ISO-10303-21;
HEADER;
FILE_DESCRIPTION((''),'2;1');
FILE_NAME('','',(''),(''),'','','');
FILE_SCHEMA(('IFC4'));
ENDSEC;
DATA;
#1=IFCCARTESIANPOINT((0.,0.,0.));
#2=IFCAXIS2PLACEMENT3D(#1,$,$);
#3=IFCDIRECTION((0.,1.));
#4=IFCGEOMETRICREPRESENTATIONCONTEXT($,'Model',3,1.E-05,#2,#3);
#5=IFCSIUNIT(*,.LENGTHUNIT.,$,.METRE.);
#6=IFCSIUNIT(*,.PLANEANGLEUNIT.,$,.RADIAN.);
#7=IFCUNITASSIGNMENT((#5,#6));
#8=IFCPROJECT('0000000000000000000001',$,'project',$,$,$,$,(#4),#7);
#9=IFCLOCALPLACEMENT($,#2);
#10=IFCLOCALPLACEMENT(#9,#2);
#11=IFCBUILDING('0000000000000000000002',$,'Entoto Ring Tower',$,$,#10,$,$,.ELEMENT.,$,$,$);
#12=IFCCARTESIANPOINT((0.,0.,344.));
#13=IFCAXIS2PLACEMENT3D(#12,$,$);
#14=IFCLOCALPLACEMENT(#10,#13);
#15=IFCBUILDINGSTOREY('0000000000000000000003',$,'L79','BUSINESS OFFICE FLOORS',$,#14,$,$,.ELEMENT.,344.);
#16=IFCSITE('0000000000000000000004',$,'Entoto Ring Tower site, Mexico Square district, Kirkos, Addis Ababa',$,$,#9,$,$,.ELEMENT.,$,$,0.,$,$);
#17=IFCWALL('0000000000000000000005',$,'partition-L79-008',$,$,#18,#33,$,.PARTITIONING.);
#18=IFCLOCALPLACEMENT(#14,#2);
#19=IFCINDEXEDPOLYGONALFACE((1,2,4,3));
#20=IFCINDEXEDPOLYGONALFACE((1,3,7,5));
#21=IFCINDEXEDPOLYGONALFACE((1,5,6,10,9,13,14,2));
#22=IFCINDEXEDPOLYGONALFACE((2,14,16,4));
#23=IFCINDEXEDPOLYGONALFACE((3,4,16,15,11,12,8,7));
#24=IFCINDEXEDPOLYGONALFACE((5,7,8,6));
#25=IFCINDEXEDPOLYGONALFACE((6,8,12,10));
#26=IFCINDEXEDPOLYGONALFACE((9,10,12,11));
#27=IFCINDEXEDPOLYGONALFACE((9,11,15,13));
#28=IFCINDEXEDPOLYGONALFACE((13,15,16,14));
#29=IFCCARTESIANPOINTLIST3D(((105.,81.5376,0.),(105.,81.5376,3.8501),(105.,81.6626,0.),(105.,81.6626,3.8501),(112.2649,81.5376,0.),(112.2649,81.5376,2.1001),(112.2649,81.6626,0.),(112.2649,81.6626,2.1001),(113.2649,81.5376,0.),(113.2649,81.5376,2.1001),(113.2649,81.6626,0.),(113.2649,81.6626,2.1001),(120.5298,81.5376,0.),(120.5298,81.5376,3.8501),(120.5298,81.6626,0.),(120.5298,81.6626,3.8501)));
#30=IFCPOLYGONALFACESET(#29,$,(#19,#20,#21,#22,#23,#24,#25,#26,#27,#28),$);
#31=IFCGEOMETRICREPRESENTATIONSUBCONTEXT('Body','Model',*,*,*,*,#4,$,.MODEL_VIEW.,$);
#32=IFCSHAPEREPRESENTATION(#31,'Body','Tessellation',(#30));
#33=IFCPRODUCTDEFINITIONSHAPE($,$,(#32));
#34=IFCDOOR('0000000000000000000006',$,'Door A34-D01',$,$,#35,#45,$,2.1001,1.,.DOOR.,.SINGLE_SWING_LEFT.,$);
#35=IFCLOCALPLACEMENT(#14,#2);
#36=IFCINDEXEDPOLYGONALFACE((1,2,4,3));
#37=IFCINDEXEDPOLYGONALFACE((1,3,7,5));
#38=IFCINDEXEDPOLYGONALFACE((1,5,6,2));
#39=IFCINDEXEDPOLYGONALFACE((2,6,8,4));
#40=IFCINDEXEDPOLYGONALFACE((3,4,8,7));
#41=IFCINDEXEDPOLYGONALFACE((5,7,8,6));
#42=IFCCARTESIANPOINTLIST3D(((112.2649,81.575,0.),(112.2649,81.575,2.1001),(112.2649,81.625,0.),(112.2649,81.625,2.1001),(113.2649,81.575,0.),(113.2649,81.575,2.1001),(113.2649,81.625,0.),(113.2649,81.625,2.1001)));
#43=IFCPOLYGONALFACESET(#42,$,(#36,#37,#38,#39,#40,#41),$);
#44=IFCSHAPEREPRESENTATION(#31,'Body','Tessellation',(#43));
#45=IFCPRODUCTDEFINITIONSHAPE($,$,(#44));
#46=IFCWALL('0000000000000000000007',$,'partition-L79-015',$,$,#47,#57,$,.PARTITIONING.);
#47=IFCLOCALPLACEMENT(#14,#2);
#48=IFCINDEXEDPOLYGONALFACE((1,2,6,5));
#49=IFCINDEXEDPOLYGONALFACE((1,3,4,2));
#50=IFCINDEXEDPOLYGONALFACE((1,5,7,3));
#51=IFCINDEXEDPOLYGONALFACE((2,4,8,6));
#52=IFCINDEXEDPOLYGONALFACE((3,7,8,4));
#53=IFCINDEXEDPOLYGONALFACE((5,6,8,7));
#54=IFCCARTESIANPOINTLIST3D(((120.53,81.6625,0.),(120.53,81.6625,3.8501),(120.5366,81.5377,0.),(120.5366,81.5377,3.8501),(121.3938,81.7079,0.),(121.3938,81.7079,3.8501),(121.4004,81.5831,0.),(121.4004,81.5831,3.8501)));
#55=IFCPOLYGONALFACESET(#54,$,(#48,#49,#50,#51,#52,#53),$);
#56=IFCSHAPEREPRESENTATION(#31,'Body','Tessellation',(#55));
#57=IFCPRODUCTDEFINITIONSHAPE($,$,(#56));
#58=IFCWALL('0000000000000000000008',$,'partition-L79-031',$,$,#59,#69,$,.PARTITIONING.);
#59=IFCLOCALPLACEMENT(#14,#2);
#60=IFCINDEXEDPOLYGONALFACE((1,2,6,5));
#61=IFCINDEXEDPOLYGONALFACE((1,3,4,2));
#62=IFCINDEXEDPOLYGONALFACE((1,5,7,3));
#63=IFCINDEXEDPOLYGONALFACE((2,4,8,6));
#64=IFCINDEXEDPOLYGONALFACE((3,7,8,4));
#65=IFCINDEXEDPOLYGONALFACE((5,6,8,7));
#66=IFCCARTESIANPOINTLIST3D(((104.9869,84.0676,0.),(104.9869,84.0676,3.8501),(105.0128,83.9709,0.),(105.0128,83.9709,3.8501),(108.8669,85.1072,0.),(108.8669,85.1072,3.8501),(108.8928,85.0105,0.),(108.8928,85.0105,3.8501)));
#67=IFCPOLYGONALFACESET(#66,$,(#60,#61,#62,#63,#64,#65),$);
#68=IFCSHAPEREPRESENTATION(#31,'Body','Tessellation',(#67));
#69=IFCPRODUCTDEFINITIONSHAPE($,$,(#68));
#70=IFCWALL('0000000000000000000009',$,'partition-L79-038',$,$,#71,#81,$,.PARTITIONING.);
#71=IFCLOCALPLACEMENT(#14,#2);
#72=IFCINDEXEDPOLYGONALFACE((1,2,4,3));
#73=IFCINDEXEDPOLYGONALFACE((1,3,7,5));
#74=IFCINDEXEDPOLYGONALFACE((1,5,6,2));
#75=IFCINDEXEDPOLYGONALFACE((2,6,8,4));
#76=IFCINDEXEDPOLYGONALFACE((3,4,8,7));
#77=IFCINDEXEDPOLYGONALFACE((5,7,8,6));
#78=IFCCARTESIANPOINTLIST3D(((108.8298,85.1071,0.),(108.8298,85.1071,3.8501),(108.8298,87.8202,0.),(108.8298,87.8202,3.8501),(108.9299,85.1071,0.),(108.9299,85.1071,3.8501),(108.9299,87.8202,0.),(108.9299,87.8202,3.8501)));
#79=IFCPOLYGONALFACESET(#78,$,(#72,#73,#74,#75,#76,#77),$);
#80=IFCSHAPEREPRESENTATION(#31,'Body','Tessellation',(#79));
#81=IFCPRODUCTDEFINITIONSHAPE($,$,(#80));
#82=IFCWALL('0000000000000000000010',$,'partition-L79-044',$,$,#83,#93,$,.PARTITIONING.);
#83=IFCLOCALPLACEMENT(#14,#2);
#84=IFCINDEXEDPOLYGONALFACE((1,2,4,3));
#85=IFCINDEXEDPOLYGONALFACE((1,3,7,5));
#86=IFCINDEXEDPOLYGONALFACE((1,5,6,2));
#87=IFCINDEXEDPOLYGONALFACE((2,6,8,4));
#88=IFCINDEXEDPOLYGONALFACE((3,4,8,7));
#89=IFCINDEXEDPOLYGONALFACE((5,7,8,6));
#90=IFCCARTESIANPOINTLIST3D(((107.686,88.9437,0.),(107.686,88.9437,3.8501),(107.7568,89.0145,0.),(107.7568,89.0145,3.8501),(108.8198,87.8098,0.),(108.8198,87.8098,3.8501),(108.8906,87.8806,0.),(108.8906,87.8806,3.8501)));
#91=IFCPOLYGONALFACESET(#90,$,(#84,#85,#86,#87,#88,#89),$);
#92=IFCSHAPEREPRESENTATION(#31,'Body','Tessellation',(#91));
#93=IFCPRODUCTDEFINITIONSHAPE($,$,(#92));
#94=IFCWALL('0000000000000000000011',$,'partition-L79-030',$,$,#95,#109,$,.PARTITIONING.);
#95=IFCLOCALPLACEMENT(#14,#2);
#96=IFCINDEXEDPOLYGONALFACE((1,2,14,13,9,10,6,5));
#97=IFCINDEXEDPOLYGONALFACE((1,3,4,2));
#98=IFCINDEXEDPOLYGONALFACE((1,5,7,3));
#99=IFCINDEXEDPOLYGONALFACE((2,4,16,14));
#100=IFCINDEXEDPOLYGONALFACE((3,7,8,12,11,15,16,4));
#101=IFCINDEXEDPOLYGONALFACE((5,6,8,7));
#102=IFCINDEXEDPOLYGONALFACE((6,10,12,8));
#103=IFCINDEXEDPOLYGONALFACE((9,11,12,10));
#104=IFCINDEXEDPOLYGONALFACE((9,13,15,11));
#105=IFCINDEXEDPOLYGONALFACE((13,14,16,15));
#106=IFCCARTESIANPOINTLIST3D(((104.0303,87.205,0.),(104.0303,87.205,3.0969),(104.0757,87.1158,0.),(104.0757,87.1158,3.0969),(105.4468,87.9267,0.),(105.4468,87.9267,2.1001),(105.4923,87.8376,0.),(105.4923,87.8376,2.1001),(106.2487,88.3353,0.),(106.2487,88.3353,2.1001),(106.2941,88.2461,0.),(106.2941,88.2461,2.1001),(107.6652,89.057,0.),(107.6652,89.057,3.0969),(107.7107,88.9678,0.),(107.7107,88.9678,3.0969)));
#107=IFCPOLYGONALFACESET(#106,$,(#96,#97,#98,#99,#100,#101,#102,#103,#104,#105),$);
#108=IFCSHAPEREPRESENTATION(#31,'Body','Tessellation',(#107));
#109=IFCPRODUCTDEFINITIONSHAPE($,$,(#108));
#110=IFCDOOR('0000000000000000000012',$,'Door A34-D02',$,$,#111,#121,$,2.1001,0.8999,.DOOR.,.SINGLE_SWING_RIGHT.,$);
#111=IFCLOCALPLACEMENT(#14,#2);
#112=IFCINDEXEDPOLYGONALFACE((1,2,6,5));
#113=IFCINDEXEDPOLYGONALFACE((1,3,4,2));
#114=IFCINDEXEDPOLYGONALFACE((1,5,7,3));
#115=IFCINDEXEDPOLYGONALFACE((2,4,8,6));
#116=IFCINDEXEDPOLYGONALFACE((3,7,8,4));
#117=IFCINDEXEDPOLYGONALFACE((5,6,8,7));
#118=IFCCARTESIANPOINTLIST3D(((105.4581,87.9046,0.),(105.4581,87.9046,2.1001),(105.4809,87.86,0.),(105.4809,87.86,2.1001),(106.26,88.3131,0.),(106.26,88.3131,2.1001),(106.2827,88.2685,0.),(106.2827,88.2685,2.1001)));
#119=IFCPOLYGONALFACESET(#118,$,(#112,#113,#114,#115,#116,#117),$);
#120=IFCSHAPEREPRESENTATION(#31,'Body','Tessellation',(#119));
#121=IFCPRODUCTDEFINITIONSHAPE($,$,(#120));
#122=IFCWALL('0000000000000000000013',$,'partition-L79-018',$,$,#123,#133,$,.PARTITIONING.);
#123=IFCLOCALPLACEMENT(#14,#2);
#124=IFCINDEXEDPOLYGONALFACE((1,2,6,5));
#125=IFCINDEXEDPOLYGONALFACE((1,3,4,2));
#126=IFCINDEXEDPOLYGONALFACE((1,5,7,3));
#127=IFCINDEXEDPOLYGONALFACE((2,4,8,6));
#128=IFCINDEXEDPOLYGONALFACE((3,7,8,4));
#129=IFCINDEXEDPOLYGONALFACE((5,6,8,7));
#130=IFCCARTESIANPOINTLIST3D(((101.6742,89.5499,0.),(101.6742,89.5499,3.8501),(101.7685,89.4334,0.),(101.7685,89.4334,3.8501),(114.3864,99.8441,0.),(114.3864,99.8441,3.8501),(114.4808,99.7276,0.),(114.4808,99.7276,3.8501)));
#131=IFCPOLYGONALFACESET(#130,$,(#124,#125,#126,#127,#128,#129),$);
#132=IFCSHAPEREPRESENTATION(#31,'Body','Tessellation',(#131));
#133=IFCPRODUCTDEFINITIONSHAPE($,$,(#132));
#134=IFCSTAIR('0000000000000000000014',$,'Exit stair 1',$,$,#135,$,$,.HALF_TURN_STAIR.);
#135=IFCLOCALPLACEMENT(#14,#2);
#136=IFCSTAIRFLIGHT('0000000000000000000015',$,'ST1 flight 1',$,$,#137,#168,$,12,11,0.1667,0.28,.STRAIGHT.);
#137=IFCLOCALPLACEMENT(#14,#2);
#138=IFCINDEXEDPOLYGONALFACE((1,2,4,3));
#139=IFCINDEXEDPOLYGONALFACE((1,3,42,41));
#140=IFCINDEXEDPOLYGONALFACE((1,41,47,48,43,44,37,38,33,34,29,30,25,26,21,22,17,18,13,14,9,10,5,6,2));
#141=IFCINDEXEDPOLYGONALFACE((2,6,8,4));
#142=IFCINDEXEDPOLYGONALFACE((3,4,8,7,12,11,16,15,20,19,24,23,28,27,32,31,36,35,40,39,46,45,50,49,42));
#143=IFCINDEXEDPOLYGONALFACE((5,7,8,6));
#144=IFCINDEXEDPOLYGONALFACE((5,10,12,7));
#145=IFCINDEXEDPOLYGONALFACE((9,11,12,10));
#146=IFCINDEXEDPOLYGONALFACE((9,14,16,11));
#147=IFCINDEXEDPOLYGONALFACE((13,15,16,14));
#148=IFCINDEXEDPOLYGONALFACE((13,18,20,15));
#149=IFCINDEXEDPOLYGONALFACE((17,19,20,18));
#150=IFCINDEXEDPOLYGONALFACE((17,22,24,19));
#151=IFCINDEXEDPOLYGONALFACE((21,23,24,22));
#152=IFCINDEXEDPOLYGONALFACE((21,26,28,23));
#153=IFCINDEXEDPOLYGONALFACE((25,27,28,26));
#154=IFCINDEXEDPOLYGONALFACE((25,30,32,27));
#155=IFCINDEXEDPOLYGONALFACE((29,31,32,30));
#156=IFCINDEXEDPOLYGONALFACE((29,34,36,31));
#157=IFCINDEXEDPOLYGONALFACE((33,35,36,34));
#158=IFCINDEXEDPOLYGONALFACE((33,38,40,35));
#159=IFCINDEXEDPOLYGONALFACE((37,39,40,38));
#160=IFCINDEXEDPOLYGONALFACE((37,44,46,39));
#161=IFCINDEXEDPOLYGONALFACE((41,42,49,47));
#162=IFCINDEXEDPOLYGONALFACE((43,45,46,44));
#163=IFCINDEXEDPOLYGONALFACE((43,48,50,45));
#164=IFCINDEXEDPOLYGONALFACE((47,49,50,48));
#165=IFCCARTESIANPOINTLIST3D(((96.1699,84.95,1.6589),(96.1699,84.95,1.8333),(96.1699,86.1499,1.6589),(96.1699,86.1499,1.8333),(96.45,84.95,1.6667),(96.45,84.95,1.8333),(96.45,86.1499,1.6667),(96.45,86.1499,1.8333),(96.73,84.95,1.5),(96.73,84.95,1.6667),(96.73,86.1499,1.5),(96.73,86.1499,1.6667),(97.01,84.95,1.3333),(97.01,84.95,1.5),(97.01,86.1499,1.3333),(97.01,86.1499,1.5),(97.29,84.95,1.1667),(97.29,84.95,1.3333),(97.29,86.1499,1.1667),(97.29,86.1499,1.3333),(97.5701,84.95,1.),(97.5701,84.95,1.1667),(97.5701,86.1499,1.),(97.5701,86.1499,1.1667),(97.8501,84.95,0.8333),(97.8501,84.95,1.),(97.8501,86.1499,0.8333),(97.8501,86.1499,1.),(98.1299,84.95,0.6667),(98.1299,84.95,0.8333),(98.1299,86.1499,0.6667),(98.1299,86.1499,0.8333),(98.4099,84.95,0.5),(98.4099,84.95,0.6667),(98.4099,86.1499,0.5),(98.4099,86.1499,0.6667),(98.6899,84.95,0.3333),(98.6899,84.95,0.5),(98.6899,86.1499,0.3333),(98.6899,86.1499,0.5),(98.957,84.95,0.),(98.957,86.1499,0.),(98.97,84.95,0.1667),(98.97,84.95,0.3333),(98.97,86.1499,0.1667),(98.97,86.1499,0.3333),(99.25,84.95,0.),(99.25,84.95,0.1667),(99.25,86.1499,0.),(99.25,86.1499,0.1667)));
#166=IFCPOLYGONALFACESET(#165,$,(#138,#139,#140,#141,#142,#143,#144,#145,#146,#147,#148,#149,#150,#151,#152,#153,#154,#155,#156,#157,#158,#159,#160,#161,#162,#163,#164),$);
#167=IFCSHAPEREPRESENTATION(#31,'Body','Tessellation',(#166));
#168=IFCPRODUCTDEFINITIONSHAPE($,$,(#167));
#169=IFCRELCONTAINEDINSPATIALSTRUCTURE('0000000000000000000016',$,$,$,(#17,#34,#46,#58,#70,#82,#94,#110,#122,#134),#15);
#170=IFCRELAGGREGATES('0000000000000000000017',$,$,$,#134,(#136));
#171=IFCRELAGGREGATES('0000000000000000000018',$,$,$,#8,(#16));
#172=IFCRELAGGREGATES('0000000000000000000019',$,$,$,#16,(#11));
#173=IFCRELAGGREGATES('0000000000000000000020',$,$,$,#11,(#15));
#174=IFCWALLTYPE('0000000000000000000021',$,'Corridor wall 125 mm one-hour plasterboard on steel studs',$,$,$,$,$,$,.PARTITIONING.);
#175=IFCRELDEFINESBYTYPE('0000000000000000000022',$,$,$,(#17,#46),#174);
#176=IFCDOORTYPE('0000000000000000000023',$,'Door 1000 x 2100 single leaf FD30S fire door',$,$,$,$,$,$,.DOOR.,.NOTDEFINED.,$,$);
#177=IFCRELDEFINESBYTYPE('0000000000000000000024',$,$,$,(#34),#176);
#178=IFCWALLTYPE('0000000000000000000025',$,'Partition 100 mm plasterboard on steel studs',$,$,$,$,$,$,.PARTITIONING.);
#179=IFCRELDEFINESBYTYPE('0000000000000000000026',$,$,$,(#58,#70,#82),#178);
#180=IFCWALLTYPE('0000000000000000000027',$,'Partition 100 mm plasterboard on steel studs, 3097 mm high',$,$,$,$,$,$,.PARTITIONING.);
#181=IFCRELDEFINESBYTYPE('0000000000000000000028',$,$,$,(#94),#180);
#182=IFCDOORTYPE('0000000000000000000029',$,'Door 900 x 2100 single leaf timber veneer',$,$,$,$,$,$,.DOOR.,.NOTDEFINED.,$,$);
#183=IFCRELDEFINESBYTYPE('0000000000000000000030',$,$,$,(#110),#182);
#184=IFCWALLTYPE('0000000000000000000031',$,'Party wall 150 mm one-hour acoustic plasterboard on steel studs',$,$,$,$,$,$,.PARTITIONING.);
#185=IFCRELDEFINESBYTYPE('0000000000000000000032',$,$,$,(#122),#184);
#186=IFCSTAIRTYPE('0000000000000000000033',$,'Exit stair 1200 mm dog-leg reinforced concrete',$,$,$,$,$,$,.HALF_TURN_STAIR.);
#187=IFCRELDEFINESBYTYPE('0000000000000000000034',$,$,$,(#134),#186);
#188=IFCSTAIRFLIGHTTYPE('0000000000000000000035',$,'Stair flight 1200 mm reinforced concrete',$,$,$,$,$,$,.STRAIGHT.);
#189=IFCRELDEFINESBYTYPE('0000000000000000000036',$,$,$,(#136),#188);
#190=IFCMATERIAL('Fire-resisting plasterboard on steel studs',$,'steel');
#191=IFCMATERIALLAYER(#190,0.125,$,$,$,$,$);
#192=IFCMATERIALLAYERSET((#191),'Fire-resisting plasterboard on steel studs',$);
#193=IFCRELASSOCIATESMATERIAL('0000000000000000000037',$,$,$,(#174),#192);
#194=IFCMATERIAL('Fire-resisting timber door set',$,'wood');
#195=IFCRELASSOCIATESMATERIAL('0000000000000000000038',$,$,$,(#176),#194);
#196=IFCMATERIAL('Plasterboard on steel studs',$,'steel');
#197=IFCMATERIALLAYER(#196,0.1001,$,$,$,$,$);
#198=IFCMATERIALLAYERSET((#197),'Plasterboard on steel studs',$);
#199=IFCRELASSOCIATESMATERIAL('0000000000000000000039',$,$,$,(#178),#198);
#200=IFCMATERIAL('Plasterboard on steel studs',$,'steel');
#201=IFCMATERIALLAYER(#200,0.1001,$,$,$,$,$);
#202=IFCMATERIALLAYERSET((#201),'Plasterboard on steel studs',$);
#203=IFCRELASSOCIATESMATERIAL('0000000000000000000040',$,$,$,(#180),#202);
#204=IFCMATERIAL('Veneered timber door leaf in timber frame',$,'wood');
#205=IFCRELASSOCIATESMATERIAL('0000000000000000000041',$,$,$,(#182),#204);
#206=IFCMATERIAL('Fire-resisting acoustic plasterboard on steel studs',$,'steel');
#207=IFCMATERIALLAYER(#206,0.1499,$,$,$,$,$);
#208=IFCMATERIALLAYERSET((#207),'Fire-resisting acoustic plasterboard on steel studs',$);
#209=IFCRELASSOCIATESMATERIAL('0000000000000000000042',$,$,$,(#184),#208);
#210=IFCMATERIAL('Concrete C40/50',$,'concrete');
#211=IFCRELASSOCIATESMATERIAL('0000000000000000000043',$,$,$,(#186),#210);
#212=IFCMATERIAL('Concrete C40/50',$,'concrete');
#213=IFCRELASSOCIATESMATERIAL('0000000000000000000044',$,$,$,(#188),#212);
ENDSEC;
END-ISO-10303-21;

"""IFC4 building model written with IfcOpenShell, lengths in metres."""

from ifc_helpers import new_model, si_unit, direction, frame, frame_2d, origin, place, context, subcontext, project, spatial, polyline, rectangle, outline, extrude, material, layer, layer_set, type_object, element, fill, aggregate, save


model = new_model("IFC4")

# Units and contexts
model_context = context("Model", 3, precision=1e-05, world=origin(), true_north=direction((0.0, 1.0)))
body_context = subcontext(model_context, "Body", "Model", "MODEL_VIEW")
ifc_project = project(units=[si_unit("LENGTHUNIT", "METRE"), si_unit("PLANEANGLEUNIT", "RADIAN")], contexts=[model_context])

# Site, building, storey
site_placement = place(None, origin())
site = spatial("IfcSite", under=ifc_project, at=site_placement, Name="Entoto Ring Tower site, Mexico Square district, Kirkos, Addis Ababa", CompositionType="ELEMENT", RefElevation=0.0)
building_placement = place(site_placement, origin())
building = spatial("IfcBuilding", under=site, at=building_placement, Name="Entoto Ring Tower", CompositionType="ELEMENT")
storey_placement = place(building_placement, frame((0.0, 0.0, 344.0)))
storey = spatial("IfcBuildingStorey", under=building, at=storey_placement, Name="L79", Description="BUSINESS OFFICE FLOORS", CompositionType="ELEMENT", Elevation=344.0)

# Wall, opening, door
ifc_material_1 = material(Name="Fire-resisting plasterboard on steel studs", Category="steel")
ifc_layer_1 = layer(ifc_material_1, 0.125)
ifc_layer_set_1 = layer_set([ifc_layer_1], Name="Fire-resisting plasterboard on steel studs")
wall_type_1 = type_object("IfcWallType", Name="Corridor wall 125 mm one-hour plasterboard on steel studs", PredefinedType="PARTITIONING", material=ifc_layer_set_1)
ifc_material_2 = material(Name="Fire-resisting timber door set", Category="wood")
door_type_1 = type_object("IfcDoorType", Name="Door 1000 x 2100 single leaf FD30S fire door", OperationType="NOTDEFINED", PredefinedType="DOOR", material=ifc_material_2)
wall_1_placement = place(storey_placement, frame((105.0, 81.6001, 0.0), z_axis=(0.0, 0.0, 1.0), x_axis=(1.0, 0.0, 0.0)))
wall_1 = element("IfcWall", 1, at=wall_1_placement, inside=storey, type_object=wall_type_1, Name="partition-L79-008", PredefinedType="PARTITIONING", context=body_context, shape_type="SweptSolid", body=[
    extrude(rectangle(XDim=15.5298, YDim=0.125, at=frame_2d((7.7649, 0.0))), origin(), (0.0, 0.0, 1.0), 3.8501),
])
opening_1_placement = place(wall_1_placement, frame((7.2649, 0.0, 0.0)))
opening_1 = element("IfcOpeningElement", 2, at=opening_1_placement, cuts=wall_1, PredefinedType="OPENING", context=body_context, shape_type="SweptSolid", body=[
    extrude(rectangle(XDim=1.0, YDim=2.1001, at=frame_2d((0.5, 1.05))), frame((0.0, 0.0725, 0.0), z_axis=(0.0, -1.0, 0.0), x_axis=(1.0, 0.0, 0.0)), (0.0, 0.0, 1.0), 0.145),
])
door_1_placement = place(opening_1_placement, origin())
door_1 = element("IfcDoor", 3, at=door_1_placement, inside=storey, type_object=door_type_1, Name="Door A34-D01", OperationType="SINGLE_SWING_LEFT", OverallHeight=2.1001, OverallWidth=1.0, PredefinedType="DOOR", context=body_context, shape_type="SweptSolid", body=[
    extrude(rectangle(XDim=1.0, YDim=2.1001, at=frame_2d((0.5, 1.05))), frame((0.0, 0.0249, 0.0), z_axis=(0.0, -1.0, 0.0), x_axis=(1.0, 0.0, 0.0)), (0.0, 0.0, 1.0), 0.05),
])
fill(opening_1, door_1)

# Walls
wall_2_placement = place(storey_placement, frame((120.5332, 81.6001, 0.0), z_axis=(0.0, 0.0, 1.0), x_axis=(0.998621, 0.0525, 0.0)))
element("IfcWall", 4, at=wall_2_placement, inside=storey, type_object=wall_type_1, Name="partition-L79-015", PredefinedType="PARTITIONING", context=body_context, shape_type="SweptSolid", body=[
    extrude(rectangle(XDim=0.865, YDim=0.125, at=frame_2d((0.4326, 0.0))), origin(), (0.0, 0.0, 1.0), 3.8501),
])
ifc_material_3 = material(Name="Plasterboard on steel studs", Category="steel")
ifc_layer_2 = layer(ifc_material_3, 0.1001)
ifc_layer_set_2 = layer_set([ifc_layer_2], Name="Plasterboard on steel studs")
wall_type_2 = type_object("IfcWallType", Name="Partition 100 mm plasterboard on steel studs", PredefinedType="PARTITIONING", material=ifc_layer_set_2)
wall_3_placement = place(storey_placement, frame((105.0, 84.0193, 0.0), z_axis=(0.0, 0.0, 1.0), x_axis=(0.96593, 0.258805, 0.0)))
element("IfcWall", 5, at=wall_3_placement, inside=storey, type_object=wall_type_2, Name="partition-L79-031", PredefinedType="PARTITIONING", context=body_context, shape_type="SweptSolid", body=[
    extrude(rectangle(XDim=4.0168, YDim=0.1001, at=frame_2d((2.0083, 0.0))), origin(), (0.0, 0.0, 1.0), 3.8501),
])
wall_4_placement = place(storey_placement, frame((108.8799, 85.1072, 0.0), z_axis=(0.0, 0.0, 1.0), x_axis=(0.0, 1.0, 0.0)))
element("IfcWall", 6, at=wall_4_placement, inside=storey, type_object=wall_type_2, Name="partition-L79-038", PredefinedType="PARTITIONING", context=body_context, shape_type="SweptSolid", body=[
    extrude(rectangle(XDim=2.7131, YDim=0.1001, at=frame_2d((1.3564, 0.0))), origin(), (0.0, 0.0, 1.0), 3.8501),
])
wall_5_placement = place(storey_placement, frame((108.8552, 87.8452, 0.0), z_axis=(0.0, 0.0, 1.0), x_axis=(-0.707107, 0.707107, 0.0)))
element("IfcWall", 7, at=wall_5_placement, inside=storey, type_object=wall_type_2, Name="partition-L79-044", PredefinedType="PARTITIONING", context=body_context, shape_type="SweptSolid", body=[
    extrude(rectangle(XDim=1.6035, YDim=0.1001, at=frame_2d((0.8018, 0.0))), origin(), (0.0, 0.0, 1.0), 3.8501),
])

# Wall, opening, door
ifc_material_4 = material(Name="Plasterboard on steel studs", Category="steel")
ifc_layer_3 = layer(ifc_material_4, 0.1001)
ifc_layer_set_3 = layer_set([ifc_layer_3], Name="Plasterboard on steel studs")
wall_type_3 = type_object("IfcWallType", Name="Partition 100 mm plasterboard on steel studs, 3097 mm high", PredefinedType="PARTITIONING", material=ifc_layer_set_3)
wall_6_placement = place(storey_placement, frame((104.053, 87.1604, 0.0), z_axis=(0.0, 0.0, 1.0), x_axis=(0.891014, 0.453975, 0.0)))
wall_6 = element("IfcWall", 8, at=wall_6_placement, inside=storey, type_object=wall_type_3, Name="partition-L79-030", PredefinedType="PARTITIONING", context=body_context, shape_type="SweptSolid", body=[
    extrude(rectangle(XDim=4.0796, YDim=0.1001, at=frame_2d((2.0398, 0.0))), origin(), (0.0, 0.0, 1.0), 3.0969),
])
opening_2_placement = place(wall_6_placement, frame((1.5898, 0.0, 0.0)))
opening_2 = element("IfcOpeningElement", 9, at=opening_2_placement, cuts=wall_6, PredefinedType="OPENING", context=body_context, shape_type="SweptSolid", body=[
    extrude(rectangle(XDim=0.8999, YDim=2.1001, at=frame_2d((0.45, 1.05))), frame((0.0, 0.0601, 0.0), z_axis=(0.0, -1.0, 0.0), x_axis=(1.0, 0.0, 0.0)), (0.0, 0.0, 1.0), 0.1201),
])
ifc_material_5 = material(Name="Veneered timber door leaf in timber frame", Category="wood")
door_type_2 = type_object("IfcDoorType", Name="Door 900 x 2100 single leaf timber veneer", OperationType="NOTDEFINED", PredefinedType="DOOR", material=ifc_material_5)
door_2_placement = place(opening_2_placement, frame((0.8999, 0.0, 0.0), z_axis=(0.0, 0.0, 1.0), x_axis=(-1.0, 0.0, 0.0)))
door_2 = element("IfcDoor", 10, at=door_2_placement, inside=storey, type_object=door_type_2, Name="Door A34-D02", OperationType="SINGLE_SWING_RIGHT", OverallHeight=2.1001, OverallWidth=0.8999, PredefinedType="DOOR", context=body_context, shape_type="SweptSolid", body=[
    extrude(rectangle(XDim=0.8999, YDim=2.1001, at=frame_2d((0.45, 1.05))), frame((0.0, 0.0249, 0.0), z_axis=(0.0, -1.0, 0.0), x_axis=(1.0, 0.0, 0.0)), (0.0, 0.0, 1.0), 0.05),
])
fill(opening_2, door_2)

# Wall
ifc_material_6 = material(Name="Fire-resisting acoustic plasterboard on steel studs", Category="steel")
ifc_layer_4 = layer(ifc_material_6, 0.1499)
ifc_layer_set_4 = layer_set([ifc_layer_4], Name="Fire-resisting acoustic plasterboard on steel studs")
wall_type_4 = type_object("IfcWallType", Name="Party wall 150 mm one-hour acoustic plasterboard on steel studs", PredefinedType="PARTITIONING", material=ifc_layer_set_4)
wall_7_placement = place(storey_placement, frame((101.7214, 89.4917, 0.0), z_axis=(0.0, 0.0, 1.0), x_axis=(0.777143, 0.629324, 0.0)))
element("IfcWall", 11, at=wall_7_placement, inside=storey, type_object=wall_type_4, Name="partition-L79-018", PredefinedType="PARTITIONING", context=body_context, shape_type="SweptSolid", body=[
    extrude(rectangle(XDim=16.3577, YDim=0.1499, at=frame_2d((8.1787, 0.0))), origin(), (0.0, 0.0, 1.0), 3.8501),
])

# Stair, stair flight
ifc_material_7 = material(Name="Concrete C40/50", Category="concrete")
stair_type = type_object("IfcStairType", Name="Exit stair 1200 mm dog-leg reinforced concrete", PredefinedType="HALF_TURN_STAIR", material=ifc_material_7)
stair_placement = place(storey_placement, origin())
stair = element("IfcStair", 12, at=stair_placement, inside=storey, type_object=stair_type, Name="Exit stair 1", PredefinedType="HALF_TURN_STAIR")
ifc_material_8 = material(Name="Concrete C40/50", Category="concrete")
stair_flight_type = type_object("IfcStairFlightType", Name="Stair flight 1200 mm reinforced concrete", PredefinedType="STRAIGHT", material=ifc_material_8)
stair_flight_placement = place(storey_placement, frame((99.25, 85.55, 0.0), z_axis=(0.0, 0.0, 1.0), x_axis=(-1.0, 0.0, 0.0)))
stair_flight = element("IfcStairFlight", 13, at=stair_flight_placement, type_object=stair_flight_type, Name="ST1 flight 1", NumberOfRisers=12, NumberOfTreads=11, PredefinedType="STRAIGHT", RiserHeight=0.1667, TreadLength=0.28, context=body_context, shape_type="SweptSolid", body=[
    extrude(outline(polyline([(0.0, 0.0), (0.0, 0.1667), (0.28, 0.1667), (0.28, 0.3333), (0.5601, 0.3333), (0.5601, 0.5), (0.8401, 0.5), (0.8401, 0.6667), (1.1201, 0.6667), (1.1201, 0.8333), (1.3999, 0.8333), (1.3999, 1.0), (1.6799, 1.0), (1.6799, 1.1667), (1.96, 1.1667), (1.96, 1.3333), (2.24, 1.3333), (2.24, 1.5), (2.52, 1.5), (2.52, 1.6667), (2.8, 1.6667), (2.8, 1.8333), (3.0801, 1.8333), (3.0801, 2.0), (3.0801, 1.6589), (0.293, 0.0), (0.0, 0.0)])), frame((0.0, 0.6001, 0.0), z_axis=(0.0, -1.0, 0.0), x_axis=(1.0, 0.0, 0.0)), (0.0, 0.0, 1.0), 1.2),
])
aggregate(stair, [stair_flight])

save(model, "model.ifc")
